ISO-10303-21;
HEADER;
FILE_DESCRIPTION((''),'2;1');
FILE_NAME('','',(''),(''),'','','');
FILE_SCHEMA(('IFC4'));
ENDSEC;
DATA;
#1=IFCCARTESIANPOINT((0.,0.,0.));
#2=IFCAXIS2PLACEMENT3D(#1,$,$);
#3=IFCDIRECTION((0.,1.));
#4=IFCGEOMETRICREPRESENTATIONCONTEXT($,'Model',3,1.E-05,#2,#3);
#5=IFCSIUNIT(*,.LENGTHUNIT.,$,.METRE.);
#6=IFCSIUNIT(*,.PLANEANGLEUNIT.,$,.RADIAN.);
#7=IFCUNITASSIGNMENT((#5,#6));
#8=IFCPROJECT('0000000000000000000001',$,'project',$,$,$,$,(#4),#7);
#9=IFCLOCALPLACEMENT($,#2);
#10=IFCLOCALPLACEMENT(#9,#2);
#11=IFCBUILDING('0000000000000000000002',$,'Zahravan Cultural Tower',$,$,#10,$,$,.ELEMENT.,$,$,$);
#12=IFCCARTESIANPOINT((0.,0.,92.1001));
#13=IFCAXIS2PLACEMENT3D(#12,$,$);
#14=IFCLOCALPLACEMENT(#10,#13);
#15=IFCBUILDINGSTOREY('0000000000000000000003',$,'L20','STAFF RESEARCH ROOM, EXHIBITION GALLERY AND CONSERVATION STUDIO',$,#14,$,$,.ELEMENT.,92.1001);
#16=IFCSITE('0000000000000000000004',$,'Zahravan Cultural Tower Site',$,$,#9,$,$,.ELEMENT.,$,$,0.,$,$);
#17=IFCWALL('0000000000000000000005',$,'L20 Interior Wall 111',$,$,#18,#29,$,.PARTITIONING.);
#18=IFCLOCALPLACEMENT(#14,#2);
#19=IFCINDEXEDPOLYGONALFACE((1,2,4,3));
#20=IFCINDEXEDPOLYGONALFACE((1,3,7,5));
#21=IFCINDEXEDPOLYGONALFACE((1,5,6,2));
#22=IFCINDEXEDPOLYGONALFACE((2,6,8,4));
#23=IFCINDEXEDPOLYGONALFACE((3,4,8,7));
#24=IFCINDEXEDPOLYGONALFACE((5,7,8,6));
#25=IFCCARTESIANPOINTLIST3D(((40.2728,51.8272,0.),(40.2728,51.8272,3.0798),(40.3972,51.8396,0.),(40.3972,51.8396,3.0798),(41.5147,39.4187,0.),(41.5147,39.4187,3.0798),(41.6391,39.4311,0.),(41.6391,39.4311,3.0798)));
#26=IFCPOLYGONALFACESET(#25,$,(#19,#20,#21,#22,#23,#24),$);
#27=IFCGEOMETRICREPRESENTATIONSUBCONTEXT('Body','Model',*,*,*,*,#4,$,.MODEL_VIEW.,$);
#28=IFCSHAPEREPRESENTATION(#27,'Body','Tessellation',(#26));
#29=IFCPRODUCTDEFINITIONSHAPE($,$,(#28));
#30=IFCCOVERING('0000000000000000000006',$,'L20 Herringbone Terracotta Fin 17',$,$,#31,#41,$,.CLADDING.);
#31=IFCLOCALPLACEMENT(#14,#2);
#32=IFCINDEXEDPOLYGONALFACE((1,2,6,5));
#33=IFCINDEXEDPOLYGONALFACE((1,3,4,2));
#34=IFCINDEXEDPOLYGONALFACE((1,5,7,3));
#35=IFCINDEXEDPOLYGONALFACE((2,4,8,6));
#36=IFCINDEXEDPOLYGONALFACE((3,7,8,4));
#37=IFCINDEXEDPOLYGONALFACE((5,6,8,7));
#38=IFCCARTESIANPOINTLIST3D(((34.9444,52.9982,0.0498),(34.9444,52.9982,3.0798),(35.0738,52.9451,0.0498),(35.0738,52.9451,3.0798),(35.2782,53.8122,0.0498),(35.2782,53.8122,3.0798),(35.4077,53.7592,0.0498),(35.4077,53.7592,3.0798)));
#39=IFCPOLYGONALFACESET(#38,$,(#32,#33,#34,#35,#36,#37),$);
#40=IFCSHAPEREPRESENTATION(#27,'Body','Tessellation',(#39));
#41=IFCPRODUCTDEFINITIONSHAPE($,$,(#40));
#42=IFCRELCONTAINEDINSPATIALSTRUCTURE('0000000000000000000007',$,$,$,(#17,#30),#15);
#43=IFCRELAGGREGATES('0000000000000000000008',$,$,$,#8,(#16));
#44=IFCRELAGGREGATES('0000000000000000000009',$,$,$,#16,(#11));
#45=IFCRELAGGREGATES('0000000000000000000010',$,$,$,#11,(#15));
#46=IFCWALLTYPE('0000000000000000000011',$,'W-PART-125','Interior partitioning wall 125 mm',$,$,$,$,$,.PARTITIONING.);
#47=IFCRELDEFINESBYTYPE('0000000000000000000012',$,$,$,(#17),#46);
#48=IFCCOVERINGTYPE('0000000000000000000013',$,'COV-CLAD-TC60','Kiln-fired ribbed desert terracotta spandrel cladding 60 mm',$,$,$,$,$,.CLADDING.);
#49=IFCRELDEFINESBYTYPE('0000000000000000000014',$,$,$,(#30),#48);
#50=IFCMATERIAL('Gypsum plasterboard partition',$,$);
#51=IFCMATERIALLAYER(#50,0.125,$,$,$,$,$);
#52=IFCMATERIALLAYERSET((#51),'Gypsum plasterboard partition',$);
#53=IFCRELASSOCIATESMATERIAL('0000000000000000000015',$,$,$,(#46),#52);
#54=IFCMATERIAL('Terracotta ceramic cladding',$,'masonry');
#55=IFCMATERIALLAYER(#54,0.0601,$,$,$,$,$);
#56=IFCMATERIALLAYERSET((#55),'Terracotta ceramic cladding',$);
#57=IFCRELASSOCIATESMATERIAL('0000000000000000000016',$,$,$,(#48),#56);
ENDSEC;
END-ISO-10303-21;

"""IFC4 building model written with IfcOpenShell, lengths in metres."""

from ifc_helpers import new_model, si_unit, direction, frame, frame_2d, origin, origin_2d, place, context, subcontext, project, spatial, rectangle, extrude, source, transform, mapped, material, layer, layer_set, type_object, element, save


model = new_model("IFC4")

# Units and contexts
model_context = context("Model", 3, precision=1e-05, world=origin(), true_north=direction((0.0, 1.0)))
body_context = subcontext(model_context, "Body", "Model", "MODEL_VIEW")
ifc_project = project(units=[si_unit("LENGTHUNIT", "METRE"), si_unit("PLANEANGLEUNIT", "RADIAN")], contexts=[model_context])

# Site, building, storey
site_placement = place(None, origin())
site = spatial("IfcSite", under=ifc_project, at=site_placement, Name="Zahravan Cultural Tower Site", CompositionType="ELEMENT", RefElevation=0.0)
building_placement = place(site_placement, origin())
building = spatial("IfcBuilding", under=site, at=building_placement, Name="Zahravan Cultural Tower", CompositionType="ELEMENT")
storey_placement = place(building_placement, frame((0.0, 0.0, 92.1001)))
storey = spatial("IfcBuildingStorey", under=building, at=storey_placement, Name="L20", Description="STAFF RESEARCH ROOM, EXHIBITION GALLERY AND CONSERVATION STUDIO", CompositionType="ELEMENT", Elevation=92.1001)

# Wall
ifc_material_1 = material(Name="Gypsum plasterboard partition")
ifc_layer_1 = layer(ifc_material_1, 0.125)
ifc_layer_set_1 = layer_set([ifc_layer_1], Name="Gypsum plasterboard partition")
wall_type_1 = type_object("IfcWallType", Name="W-PART-125", Description="Interior partitioning wall 125 mm", PredefinedType="PARTITIONING", material=ifc_layer_set_1)
shared_shape_1 = source(origin(), body_context, "Body", "SweptSolid", [
    extrude(rectangle(XDim=12.4705, YDim=0.125, at=frame_2d((6.2354, 0.0))), origin(), (0.0, 0.0, 1.0), 3.0798),
])
wall_1_placement = place(storey_placement, frame((40.335, 51.8335, 0.0), z_axis=(0.0, 0.0, 1.0), x_axis=(0.099591, -0.995028, 0.0)))
element("IfcWall", 1, at=wall_1_placement, inside=storey, type_object=wall_type_1, Name="L20 Interior Wall 111", PredefinedType="PARTITIONING", context=body_context, shape_type="MappedRepresentation", body=[
    mapped(shared_shape_1, transform((0.0, 0.0, 0.0), x_axis=(1.0, 0.0, 0.0), y_axis=(0.0, 1.0, 0.0), z_axis=(0.0, 0.0, 1.0), scale=1.0)),
])

# Covering
ifc_material_2 = material(Name="Terracotta ceramic cladding", Category="masonry")
ifc_layer_2 = layer(ifc_material_2, 0.0601)
ifc_layer_set_2 = layer_set([ifc_layer_2], Name="Terracotta ceramic cladding")
covering_type = type_object("IfcCoveringType", Name="COV-CLAD-TC60", Description="Kiln-fired ribbed desert terracotta spandrel cladding 60 mm", PredefinedType="CLADDING", material=ifc_layer_set_2)
shared_shape_2 = source(origin(), body_context, "Body", "SweptSolid", [
    extrude(rectangle(XDim=0.8799, YDim=0.1399, at=origin_2d()), origin(), (0.0, 0.0, 1.0), 3.03),
])
covering_placement = place(storey_placement, frame((35.176, 53.3787, 0.0498), z_axis=(0.0, 0.0, 1.0), x_axis=(0.379456, 0.92521, 0.0)))
element("IfcCovering", 2, at=covering_placement, inside=storey, type_object=covering_type, Name="L20 Herringbone Terracotta Fin 17", PredefinedType="CLADDING", context=body_context, shape_type="MappedRepresentation", body=[
    mapped(shared_shape_2, transform((0.0, 0.0, 0.0), x_axis=(1.0, 0.0, 0.0), y_axis=(0.0, 1.0, 0.0), z_axis=(0.0, 0.0, 1.0), scale=1.0)),
])

save(model, "model.ifc")
